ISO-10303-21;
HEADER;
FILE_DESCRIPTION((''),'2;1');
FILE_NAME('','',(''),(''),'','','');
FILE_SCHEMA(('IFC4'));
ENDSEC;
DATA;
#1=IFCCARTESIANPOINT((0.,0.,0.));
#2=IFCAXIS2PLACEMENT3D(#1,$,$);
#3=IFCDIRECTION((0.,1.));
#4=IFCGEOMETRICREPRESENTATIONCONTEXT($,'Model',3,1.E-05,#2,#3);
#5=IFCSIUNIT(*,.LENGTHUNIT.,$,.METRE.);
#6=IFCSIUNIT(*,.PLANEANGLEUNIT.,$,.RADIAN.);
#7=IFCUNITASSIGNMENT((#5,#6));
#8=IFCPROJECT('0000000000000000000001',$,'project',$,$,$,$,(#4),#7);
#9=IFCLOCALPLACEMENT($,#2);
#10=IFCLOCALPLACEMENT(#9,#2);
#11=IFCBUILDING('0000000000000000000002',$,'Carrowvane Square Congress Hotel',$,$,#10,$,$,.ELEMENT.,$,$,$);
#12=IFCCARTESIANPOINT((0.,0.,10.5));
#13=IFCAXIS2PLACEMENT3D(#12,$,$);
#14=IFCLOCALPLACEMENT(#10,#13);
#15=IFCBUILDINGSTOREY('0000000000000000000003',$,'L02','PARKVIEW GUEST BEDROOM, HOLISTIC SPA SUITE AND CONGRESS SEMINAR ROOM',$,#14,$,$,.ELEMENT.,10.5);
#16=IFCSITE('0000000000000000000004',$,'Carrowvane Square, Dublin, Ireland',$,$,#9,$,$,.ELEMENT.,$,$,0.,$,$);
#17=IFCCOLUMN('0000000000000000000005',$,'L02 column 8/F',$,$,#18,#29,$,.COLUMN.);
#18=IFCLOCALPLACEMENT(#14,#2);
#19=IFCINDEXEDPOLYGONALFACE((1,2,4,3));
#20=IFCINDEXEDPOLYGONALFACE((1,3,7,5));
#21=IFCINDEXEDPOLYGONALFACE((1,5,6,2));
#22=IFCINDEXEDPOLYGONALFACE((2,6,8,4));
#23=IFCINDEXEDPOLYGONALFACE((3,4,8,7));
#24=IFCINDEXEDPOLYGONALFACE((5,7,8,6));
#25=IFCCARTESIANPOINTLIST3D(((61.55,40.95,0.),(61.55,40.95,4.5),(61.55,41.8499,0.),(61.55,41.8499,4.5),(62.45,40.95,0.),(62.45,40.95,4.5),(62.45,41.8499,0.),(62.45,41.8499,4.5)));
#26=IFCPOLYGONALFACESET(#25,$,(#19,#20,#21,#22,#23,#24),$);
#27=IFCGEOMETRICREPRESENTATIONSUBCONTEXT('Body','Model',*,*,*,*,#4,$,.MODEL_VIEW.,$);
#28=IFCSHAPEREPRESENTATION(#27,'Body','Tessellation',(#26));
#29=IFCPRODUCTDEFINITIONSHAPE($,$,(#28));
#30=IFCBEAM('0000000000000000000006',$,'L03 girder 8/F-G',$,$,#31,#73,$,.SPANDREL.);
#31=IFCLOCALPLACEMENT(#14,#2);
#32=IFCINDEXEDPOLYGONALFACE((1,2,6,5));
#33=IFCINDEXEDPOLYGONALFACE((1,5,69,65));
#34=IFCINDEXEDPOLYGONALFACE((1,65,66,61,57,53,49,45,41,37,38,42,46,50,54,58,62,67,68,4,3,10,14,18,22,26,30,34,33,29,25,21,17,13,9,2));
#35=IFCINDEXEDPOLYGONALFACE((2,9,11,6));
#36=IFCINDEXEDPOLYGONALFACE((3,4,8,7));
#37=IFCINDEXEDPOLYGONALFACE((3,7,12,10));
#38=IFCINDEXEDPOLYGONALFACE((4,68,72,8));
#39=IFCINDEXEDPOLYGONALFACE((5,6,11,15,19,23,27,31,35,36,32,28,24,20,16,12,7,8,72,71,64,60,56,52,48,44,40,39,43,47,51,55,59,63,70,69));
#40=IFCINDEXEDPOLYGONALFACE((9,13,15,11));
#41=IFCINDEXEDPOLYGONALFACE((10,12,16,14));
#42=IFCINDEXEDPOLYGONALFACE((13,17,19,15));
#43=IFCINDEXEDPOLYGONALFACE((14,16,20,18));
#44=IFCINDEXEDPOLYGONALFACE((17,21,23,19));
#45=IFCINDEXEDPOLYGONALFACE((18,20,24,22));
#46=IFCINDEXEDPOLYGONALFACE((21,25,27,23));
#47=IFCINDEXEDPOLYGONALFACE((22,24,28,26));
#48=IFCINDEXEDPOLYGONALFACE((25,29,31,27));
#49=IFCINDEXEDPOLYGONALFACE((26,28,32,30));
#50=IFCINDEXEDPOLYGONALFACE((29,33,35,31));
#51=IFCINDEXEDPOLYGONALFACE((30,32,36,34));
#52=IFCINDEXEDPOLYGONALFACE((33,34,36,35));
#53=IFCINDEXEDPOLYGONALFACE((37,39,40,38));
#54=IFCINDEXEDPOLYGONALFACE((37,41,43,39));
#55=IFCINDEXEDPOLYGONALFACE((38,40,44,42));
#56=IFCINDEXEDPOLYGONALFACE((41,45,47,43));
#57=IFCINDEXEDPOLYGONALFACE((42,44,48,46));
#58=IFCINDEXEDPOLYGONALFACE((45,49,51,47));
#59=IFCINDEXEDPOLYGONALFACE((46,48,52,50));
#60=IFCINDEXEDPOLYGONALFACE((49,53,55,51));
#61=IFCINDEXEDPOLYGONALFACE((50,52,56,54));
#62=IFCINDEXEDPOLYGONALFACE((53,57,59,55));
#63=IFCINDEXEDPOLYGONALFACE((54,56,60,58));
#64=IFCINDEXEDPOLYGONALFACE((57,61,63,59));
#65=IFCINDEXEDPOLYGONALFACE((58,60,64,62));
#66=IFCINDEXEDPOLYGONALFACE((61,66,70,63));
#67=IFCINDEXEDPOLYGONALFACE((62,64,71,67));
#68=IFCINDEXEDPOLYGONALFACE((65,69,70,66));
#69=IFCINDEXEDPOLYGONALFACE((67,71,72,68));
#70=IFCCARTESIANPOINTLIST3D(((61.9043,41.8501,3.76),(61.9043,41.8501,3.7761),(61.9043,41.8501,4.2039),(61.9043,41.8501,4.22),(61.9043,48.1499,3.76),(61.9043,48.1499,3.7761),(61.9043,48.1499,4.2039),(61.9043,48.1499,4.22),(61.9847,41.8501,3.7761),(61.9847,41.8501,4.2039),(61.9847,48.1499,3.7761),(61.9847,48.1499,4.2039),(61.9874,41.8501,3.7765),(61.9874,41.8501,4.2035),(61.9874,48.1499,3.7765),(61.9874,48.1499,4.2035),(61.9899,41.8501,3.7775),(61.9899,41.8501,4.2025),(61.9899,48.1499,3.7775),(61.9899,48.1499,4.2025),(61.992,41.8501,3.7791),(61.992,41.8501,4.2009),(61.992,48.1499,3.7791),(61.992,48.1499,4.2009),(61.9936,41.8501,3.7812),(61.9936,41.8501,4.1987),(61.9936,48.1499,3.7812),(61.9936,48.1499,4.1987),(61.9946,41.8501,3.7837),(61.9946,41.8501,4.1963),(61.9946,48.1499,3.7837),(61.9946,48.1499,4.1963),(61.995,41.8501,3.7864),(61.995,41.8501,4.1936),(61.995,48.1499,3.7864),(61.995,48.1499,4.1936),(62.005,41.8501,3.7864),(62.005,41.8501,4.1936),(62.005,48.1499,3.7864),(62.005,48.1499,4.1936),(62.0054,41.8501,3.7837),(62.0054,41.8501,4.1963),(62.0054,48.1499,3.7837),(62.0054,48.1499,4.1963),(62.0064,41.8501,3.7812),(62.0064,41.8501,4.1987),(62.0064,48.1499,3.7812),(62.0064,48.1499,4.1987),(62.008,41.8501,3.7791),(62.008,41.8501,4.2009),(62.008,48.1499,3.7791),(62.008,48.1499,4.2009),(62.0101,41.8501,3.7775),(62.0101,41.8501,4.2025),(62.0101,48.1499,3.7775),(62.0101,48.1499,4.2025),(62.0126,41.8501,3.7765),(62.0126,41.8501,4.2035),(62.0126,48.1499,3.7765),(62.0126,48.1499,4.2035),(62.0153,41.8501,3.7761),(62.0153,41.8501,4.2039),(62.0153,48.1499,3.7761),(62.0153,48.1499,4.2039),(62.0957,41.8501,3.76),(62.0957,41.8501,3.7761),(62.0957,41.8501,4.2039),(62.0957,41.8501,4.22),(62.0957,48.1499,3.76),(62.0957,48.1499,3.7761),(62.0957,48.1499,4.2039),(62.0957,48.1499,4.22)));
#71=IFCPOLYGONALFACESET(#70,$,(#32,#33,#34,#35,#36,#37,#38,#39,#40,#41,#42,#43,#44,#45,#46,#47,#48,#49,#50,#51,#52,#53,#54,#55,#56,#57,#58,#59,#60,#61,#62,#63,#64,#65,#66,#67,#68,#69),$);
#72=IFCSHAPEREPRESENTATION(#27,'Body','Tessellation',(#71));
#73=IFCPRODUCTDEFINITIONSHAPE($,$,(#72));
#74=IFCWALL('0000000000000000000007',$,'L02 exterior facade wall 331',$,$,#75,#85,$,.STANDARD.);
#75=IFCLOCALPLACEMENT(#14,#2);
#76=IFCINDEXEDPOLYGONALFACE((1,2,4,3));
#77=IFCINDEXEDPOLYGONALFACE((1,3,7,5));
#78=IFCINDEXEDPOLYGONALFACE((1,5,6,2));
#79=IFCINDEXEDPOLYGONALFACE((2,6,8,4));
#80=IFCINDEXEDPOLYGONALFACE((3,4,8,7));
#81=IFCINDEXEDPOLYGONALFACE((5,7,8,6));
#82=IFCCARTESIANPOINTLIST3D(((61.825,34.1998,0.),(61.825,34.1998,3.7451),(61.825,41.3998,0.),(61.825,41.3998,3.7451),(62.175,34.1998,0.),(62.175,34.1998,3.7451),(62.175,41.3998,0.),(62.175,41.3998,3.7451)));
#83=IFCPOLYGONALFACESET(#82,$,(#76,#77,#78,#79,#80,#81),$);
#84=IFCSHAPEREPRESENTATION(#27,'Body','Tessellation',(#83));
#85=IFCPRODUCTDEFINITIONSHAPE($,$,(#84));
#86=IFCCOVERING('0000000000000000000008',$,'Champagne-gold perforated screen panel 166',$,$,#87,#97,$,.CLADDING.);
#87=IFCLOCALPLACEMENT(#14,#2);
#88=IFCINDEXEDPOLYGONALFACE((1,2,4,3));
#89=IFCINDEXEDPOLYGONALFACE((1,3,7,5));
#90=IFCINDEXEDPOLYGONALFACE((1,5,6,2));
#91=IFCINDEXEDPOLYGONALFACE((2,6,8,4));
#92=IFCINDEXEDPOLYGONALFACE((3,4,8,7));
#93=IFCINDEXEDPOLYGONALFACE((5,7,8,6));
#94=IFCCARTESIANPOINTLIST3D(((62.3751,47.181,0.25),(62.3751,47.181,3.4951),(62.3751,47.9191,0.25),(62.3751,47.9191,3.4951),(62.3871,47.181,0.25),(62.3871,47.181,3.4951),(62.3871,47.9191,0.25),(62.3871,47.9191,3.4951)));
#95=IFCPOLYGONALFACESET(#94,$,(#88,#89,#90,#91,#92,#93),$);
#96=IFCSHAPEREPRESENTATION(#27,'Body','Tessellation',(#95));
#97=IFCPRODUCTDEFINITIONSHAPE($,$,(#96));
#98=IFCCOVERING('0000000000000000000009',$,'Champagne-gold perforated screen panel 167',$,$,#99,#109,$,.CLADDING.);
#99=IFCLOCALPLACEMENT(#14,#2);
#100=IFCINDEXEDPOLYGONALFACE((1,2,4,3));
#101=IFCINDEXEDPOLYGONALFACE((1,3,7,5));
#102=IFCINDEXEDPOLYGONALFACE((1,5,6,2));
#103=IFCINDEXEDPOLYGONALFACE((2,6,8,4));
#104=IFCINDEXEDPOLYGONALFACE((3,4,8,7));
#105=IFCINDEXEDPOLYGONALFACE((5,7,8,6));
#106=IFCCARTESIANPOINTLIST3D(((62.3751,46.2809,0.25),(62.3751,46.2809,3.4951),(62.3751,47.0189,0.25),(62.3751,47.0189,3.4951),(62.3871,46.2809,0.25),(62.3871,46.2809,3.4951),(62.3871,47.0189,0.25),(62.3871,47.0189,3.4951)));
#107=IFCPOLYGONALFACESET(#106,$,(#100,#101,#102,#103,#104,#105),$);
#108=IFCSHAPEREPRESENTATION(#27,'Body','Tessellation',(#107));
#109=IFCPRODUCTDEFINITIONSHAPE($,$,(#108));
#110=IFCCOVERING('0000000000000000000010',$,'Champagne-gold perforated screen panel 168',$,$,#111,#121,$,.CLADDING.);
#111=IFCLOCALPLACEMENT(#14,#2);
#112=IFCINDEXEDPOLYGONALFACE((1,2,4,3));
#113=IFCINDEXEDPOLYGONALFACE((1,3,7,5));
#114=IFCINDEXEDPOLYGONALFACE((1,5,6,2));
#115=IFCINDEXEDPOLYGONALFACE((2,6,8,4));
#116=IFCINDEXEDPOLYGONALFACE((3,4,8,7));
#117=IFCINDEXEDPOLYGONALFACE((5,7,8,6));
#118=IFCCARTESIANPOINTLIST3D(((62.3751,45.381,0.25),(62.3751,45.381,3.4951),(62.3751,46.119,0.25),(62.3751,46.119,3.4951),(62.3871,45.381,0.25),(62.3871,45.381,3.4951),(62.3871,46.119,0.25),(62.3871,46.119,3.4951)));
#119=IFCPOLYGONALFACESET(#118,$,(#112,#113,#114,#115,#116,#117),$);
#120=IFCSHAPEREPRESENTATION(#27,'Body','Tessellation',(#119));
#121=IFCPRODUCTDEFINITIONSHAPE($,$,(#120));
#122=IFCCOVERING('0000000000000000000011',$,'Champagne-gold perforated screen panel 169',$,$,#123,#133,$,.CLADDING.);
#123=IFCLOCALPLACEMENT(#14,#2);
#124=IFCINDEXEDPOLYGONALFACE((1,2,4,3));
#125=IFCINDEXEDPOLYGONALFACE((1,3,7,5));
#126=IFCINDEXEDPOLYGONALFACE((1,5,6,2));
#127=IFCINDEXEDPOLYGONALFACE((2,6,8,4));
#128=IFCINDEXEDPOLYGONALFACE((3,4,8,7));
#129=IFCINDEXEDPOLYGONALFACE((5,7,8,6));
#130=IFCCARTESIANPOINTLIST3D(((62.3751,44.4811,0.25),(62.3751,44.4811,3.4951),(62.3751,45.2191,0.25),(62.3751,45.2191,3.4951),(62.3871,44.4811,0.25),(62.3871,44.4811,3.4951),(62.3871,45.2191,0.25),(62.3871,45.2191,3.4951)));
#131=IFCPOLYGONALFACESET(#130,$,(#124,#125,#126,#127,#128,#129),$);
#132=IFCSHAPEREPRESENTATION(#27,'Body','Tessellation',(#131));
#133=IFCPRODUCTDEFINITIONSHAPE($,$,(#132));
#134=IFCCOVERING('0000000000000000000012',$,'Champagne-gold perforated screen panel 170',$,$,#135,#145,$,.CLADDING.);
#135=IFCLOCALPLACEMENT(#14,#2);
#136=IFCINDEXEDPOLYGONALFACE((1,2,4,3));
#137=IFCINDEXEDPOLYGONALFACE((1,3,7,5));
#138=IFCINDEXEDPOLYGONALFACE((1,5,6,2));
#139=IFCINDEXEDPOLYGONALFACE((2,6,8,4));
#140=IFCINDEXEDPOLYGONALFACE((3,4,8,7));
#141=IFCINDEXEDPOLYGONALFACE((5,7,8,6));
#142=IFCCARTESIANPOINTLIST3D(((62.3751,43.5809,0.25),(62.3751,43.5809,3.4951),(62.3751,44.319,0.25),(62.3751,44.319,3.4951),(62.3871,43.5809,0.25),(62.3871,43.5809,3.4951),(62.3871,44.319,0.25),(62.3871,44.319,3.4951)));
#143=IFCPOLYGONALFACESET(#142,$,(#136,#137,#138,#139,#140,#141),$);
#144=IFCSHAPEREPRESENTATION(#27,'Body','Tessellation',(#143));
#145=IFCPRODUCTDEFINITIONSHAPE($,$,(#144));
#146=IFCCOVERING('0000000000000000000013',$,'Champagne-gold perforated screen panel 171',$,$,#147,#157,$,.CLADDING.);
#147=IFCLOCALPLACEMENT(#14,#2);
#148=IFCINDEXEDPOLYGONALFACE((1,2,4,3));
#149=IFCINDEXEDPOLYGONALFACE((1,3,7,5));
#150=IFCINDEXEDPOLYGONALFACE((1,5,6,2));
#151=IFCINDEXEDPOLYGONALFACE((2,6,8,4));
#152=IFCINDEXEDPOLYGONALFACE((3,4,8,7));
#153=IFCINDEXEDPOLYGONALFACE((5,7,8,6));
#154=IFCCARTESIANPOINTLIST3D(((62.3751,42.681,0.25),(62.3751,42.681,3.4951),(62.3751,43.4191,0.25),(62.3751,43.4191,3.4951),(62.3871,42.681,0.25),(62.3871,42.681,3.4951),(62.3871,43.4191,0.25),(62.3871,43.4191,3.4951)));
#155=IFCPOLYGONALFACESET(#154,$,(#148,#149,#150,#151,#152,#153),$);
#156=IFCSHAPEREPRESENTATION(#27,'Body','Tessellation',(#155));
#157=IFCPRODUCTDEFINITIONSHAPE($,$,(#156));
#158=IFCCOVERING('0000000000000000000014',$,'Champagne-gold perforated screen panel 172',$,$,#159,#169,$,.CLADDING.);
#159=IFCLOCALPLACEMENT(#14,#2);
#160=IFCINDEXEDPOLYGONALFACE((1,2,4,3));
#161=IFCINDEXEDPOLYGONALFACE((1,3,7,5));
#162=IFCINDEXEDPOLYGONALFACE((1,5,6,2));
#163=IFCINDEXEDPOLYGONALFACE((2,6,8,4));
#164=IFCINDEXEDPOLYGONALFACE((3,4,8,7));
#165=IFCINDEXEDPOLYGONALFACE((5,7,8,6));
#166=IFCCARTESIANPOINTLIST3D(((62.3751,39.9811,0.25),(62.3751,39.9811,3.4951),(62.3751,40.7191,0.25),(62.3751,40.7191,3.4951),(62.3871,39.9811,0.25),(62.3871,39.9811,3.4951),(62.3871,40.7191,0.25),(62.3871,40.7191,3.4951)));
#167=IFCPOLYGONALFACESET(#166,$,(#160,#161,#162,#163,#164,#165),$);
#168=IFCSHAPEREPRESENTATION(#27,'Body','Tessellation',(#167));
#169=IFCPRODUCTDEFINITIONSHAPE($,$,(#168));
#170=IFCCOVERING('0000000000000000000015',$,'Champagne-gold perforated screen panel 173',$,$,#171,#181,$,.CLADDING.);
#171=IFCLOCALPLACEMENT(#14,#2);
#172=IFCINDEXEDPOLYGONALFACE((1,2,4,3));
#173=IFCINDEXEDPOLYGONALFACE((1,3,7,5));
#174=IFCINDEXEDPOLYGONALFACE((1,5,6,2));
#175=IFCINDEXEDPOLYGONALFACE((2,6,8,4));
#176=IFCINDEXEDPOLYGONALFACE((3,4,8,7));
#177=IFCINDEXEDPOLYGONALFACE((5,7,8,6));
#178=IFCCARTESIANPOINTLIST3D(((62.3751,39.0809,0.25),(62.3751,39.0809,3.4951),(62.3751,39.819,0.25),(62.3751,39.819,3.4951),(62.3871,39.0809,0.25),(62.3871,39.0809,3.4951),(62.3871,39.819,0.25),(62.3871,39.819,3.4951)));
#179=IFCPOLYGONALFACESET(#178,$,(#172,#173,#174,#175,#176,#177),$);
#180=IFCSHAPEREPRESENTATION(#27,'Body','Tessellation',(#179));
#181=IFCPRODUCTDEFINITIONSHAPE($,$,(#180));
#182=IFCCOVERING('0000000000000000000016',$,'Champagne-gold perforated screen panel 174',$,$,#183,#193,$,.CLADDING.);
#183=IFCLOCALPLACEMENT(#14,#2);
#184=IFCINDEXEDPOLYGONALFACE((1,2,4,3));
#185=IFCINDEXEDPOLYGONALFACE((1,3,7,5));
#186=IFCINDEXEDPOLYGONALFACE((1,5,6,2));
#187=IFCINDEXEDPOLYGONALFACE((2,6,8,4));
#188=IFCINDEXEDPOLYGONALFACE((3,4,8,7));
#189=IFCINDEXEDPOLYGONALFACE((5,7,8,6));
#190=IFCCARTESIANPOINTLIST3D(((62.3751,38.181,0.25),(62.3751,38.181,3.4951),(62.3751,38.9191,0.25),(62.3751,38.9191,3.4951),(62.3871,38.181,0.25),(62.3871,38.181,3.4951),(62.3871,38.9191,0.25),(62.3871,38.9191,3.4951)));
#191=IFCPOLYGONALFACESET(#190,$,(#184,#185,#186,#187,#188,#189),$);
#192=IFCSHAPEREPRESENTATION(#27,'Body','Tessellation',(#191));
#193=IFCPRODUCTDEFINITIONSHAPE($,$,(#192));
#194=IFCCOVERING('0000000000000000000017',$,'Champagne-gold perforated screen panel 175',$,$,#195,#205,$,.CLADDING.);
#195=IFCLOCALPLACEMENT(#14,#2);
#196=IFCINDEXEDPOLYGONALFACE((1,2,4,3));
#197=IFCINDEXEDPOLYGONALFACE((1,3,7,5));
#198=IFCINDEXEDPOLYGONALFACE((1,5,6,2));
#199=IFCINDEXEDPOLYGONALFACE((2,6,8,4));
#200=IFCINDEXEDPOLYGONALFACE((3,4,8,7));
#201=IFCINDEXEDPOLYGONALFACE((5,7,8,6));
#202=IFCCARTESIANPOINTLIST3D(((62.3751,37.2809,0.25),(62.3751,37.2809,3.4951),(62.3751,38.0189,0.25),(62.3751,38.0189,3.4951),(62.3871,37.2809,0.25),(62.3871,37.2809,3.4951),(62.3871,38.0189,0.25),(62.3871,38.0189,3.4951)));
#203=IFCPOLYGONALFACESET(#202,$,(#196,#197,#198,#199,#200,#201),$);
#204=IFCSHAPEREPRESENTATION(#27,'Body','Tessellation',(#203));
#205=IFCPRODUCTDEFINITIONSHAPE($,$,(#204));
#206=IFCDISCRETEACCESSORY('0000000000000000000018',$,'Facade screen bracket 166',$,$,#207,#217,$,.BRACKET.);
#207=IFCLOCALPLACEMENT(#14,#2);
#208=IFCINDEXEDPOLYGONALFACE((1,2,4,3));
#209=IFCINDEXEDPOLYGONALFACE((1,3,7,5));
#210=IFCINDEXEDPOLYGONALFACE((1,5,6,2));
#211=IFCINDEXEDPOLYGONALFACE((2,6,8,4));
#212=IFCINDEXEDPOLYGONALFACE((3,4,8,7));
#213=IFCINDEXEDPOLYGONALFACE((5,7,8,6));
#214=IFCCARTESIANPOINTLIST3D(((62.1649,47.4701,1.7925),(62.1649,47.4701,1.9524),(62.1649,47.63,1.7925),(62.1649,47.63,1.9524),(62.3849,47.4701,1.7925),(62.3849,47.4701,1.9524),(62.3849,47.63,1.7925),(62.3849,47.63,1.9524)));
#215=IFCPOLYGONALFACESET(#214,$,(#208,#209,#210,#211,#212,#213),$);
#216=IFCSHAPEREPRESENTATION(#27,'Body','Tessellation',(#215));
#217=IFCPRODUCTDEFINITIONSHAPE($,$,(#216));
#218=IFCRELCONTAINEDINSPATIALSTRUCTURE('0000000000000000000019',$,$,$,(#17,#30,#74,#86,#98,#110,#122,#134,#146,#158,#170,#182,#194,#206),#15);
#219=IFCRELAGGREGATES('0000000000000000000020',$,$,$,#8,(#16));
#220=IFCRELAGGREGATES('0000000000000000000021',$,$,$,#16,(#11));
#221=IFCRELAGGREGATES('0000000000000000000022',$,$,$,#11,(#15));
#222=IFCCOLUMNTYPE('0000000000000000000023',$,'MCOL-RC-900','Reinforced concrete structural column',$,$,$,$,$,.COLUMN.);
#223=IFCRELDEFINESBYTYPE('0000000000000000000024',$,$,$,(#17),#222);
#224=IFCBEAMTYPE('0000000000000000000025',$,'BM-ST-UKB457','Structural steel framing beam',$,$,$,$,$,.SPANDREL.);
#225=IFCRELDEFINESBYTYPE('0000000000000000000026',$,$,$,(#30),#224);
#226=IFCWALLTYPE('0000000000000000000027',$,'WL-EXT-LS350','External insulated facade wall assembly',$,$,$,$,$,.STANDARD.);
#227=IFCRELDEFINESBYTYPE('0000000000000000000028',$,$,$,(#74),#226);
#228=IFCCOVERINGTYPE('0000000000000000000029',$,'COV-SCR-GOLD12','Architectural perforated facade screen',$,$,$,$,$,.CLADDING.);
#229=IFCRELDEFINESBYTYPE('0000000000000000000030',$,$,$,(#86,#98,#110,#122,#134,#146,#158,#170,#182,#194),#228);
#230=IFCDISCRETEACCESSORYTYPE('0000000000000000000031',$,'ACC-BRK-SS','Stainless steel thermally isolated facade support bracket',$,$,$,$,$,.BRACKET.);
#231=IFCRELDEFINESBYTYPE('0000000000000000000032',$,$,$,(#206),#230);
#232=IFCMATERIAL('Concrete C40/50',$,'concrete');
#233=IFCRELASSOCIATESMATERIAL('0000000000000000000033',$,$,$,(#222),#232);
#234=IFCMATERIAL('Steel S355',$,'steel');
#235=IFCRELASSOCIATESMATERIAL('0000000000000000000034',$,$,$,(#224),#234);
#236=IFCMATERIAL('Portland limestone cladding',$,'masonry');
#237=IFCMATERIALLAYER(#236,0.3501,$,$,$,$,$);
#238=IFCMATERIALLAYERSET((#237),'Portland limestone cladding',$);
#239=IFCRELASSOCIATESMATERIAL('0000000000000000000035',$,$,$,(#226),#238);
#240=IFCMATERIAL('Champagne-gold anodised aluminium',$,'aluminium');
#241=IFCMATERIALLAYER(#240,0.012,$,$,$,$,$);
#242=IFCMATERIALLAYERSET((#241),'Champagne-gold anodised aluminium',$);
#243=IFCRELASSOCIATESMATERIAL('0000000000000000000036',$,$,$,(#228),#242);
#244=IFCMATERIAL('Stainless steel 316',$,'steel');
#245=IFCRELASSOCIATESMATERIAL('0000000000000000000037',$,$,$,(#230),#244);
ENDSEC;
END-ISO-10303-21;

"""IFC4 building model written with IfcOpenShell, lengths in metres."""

from ifc_helpers import new_model, si_unit, direction, frame, frame_2d, origin, origin_2d, place, context, subcontext, project, spatial, rectangle, i_section, extrude, material, layer, layer_set, material_profile, profile_set, type_object, element, save


model = new_model("IFC4")

# Units and contexts
model_context = context("Model", 3, precision=1e-05, world=origin(), true_north=direction((0.0, 1.0)))
body_context = subcontext(model_context, "Body", "Model", "MODEL_VIEW")
ifc_project = project(units=[si_unit("LENGTHUNIT", "METRE"), si_unit("PLANEANGLEUNIT", "RADIAN")], contexts=[model_context])

# Site, building, storey
site_placement = place(None, origin())
site = spatial("IfcSite", under=ifc_project, at=site_placement, Name="Carrowvane Square, Dublin, Ireland", CompositionType="ELEMENT", RefElevation=0.0)
building_placement = place(site_placement, origin())
building = spatial("IfcBuilding", under=site, at=building_placement, Name="Carrowvane Square Congress Hotel", CompositionType="ELEMENT")
storey_placement = place(building_placement, frame((0.0, 0.0, 10.5)))
storey = spatial("IfcBuildingStorey", under=building, at=storey_placement, Name="L02", Description="PARKVIEW GUEST BEDROOM, HOLISTIC SPA SUITE AND CONGRESS SEMINAR ROOM", CompositionType="ELEMENT", Elevation=10.5)

# Column
ifc_material_1 = material(Name="Concrete C40/50", Category="concrete")
ifc_material_profile_1 = material_profile(ifc_material_1, rectangle(XDim=0.8999, YDim=0.8999, at=origin_2d()), Name="RC 900x900")
ifc_profile_set_1 = profile_set([ifc_material_profile_1], Name="Concrete C40/50")
column_type = type_object("IfcColumnType", Name="MCOL-RC-900", Description="Reinforced concrete structural column", PredefinedType="COLUMN", material=ifc_profile_set_1)
column_placement = place(storey_placement, frame((62.0, 41.3999, 0.0), z_axis=(0.0, 0.0, 1.0), x_axis=(1.0, 0.0, 0.0)))
element("IfcColumn", 1, at=column_placement, inside=storey, type_object=column_type, Name="L02 column 8/F", PredefinedType="COLUMN", context=body_context, shape_type="SweptSolid", body=[
    extrude(rectangle(XDim=0.8999, YDim=0.8999, at=origin_2d()), origin(), (0.0, 0.0, 1.0), 4.5),
])

# Beam
ifc_material_2 = material(Name="Steel S355", Category="steel")
ifc_material_profile_2 = material_profile(ifc_material_2, i_section(OverallWidth=0.1914, OverallDepth=0.46, WebThickness=0.01, FlangeThickness=0.0161, FilletRadius=0.0103, at=origin_2d()), Name="UKB 457x191x82")
ifc_profile_set_2 = profile_set([ifc_material_profile_2], Name="Steel S355")
beam_type = type_object("IfcBeamType", Name="BM-ST-UKB457", Description="Structural steel framing beam", PredefinedType="SPANDREL", material=ifc_profile_set_2)
beam_placement = place(storey_placement, frame((62.0, 41.8501, 3.99), z_axis=(0.0, 1.0, 0.0), x_axis=(-1.0, 0.0, 0.0)))
element("IfcBeam", 2, at=beam_placement, inside=storey, type_object=beam_type, Name="L03 girder 8/F-G", PredefinedType="SPANDREL", context=body_context, shape_type="SweptSolid", body=[
    extrude(i_section(OverallWidth=0.1914, OverallDepth=0.46, WebThickness=0.01, FlangeThickness=0.0161, FilletRadius=0.0103, at=origin_2d()), origin(), (0.0, 0.0, 1.0), 6.2998),
])

# Wall
ifc_material_3 = material(Name="Portland limestone cladding", Category="masonry")
ifc_layer_1 = layer(ifc_material_3, 0.3501)
ifc_layer_set_1 = layer_set([ifc_layer_1], Name="Portland limestone cladding")
wall_type = type_object("IfcWallType", Name="WL-EXT-LS350", Description="External insulated facade wall assembly", PredefinedType="STANDARD", material=ifc_layer_set_1)
wall_placement = place(storey_placement, frame((62.0, 41.3999, 0.0), z_axis=(0.0, 0.0, 1.0), x_axis=(0.0, -1.0, 0.0)))
element("IfcWall", 3, at=wall_placement, inside=storey, type_object=wall_type, Name="L02 exterior facade wall 331", PredefinedType="STANDARD", context=body_context, shape_type="SweptSolid", body=[
    extrude(rectangle(XDim=7.2, YDim=0.3501, at=frame_2d((3.6001, 0.0))), origin(), (0.0, 0.0, 1.0), 3.7451),
])

# Coverings
ifc_material_4 = material(Name="Champagne-gold anodised aluminium", Category="aluminium")
ifc_layer_2 = layer(ifc_material_4, 0.012)
ifc_layer_set_2 = layer_set([ifc_layer_2], Name="Champagne-gold anodised aluminium")
covering_type = type_object("IfcCoveringType", Name="COV-SCR-GOLD12", Description="Architectural perforated facade screen", PredefinedType="CLADDING", material=ifc_layer_set_2)
for number, where, z_axis, x_axis, name in (
    (4, (62.3811, 47.55, 0.25), (0.0, 0.0, 1.0), (0.0, -1.0, 0.0), "Champagne-gold perforated screen panel 166"),
    (5, (62.3811, 46.6499, 0.25), (0.0, 0.0, 1.0), (0.0, -1.0, 0.0), "Champagne-gold perforated screen panel 167"),
    (6, (62.3811, 45.75, 0.25), (0.0, 0.0, 1.0), (0.0, -1.0, 0.0), "Champagne-gold perforated screen panel 168"),
    (7, (62.3811, 44.8501, 0.25), (0.0, 0.0, 1.0), (0.0, -1.0, 0.0), "Champagne-gold perforated screen panel 169"),
    (8, (62.3811, 43.95, 0.25), (0.0, 0.0, 1.0), (0.0, -1.0, 0.0), "Champagne-gold perforated screen panel 170"),
    (9, (62.3811, 43.05, 0.25), (0.0, 0.0, 1.0), (0.0, -1.0, 0.0), "Champagne-gold perforated screen panel 171"),
    (10, (62.3811, 40.3501, 0.25), (0.0, 0.0, 1.0), (0.0, -1.0, 0.0), "Champagne-gold perforated screen panel 172"),
    (11, (62.3811, 39.45, 0.25), (0.0, 0.0, 1.0), (0.0, -1.0, 0.0), "Champagne-gold perforated screen panel 173"),
    (12, (62.3811, 38.55, 0.25), (0.0, 0.0, 1.0), (0.0, -1.0, 0.0), "Champagne-gold perforated screen panel 174"),
    (13, (62.3811, 37.6499, 0.25), (0.0, 0.0, 1.0), (0.0, -1.0, 0.0), "Champagne-gold perforated screen panel 175"),
):
    element("IfcCovering", number, at=place(storey_placement, frame(where, z_axis=z_axis, x_axis=x_axis)), inside=storey, type_object=covering_type, Name=name, PredefinedType="CLADDING", context=body_context, shape_type="SweptSolid", body=[
        extrude(rectangle(XDim=0.738, YDim=0.012, at=origin_2d()), origin(), (0.0, 0.0, 1.0), 3.2451),
    ])

# Discrete accessory
ifc_material_5 = material(Name="Stainless steel 316", Category="steel")
discrete_accessory_type = type_object("IfcDiscreteAccessoryType", Name="ACC-BRK-SS", Description="Stainless steel thermally isolated facade support bracket", PredefinedType="BRACKET", material=ifc_material_5)
for number, where, z_axis, x_axis, name in (
    (14, (62.2749, 47.55, 1.7925), (0.0, 0.0, 1.0), (0.0, -1.0, 0.0), "Facade screen bracket 166"),
):
    element("IfcDiscreteAccessory", number, at=place(storey_placement, frame(where, z_axis=z_axis, x_axis=x_axis)), inside=storey, type_object=discrete_accessory_type, Name=name, PredefinedType="BRACKET", context=body_context, shape_type="SweptSolid", body=[
        extrude(rectangle(XDim=0.1599, YDim=0.22, at=origin_2d()), origin(), (0.0, 0.0, 1.0), 0.1599),
    ])

save(model, "model.ifc")
